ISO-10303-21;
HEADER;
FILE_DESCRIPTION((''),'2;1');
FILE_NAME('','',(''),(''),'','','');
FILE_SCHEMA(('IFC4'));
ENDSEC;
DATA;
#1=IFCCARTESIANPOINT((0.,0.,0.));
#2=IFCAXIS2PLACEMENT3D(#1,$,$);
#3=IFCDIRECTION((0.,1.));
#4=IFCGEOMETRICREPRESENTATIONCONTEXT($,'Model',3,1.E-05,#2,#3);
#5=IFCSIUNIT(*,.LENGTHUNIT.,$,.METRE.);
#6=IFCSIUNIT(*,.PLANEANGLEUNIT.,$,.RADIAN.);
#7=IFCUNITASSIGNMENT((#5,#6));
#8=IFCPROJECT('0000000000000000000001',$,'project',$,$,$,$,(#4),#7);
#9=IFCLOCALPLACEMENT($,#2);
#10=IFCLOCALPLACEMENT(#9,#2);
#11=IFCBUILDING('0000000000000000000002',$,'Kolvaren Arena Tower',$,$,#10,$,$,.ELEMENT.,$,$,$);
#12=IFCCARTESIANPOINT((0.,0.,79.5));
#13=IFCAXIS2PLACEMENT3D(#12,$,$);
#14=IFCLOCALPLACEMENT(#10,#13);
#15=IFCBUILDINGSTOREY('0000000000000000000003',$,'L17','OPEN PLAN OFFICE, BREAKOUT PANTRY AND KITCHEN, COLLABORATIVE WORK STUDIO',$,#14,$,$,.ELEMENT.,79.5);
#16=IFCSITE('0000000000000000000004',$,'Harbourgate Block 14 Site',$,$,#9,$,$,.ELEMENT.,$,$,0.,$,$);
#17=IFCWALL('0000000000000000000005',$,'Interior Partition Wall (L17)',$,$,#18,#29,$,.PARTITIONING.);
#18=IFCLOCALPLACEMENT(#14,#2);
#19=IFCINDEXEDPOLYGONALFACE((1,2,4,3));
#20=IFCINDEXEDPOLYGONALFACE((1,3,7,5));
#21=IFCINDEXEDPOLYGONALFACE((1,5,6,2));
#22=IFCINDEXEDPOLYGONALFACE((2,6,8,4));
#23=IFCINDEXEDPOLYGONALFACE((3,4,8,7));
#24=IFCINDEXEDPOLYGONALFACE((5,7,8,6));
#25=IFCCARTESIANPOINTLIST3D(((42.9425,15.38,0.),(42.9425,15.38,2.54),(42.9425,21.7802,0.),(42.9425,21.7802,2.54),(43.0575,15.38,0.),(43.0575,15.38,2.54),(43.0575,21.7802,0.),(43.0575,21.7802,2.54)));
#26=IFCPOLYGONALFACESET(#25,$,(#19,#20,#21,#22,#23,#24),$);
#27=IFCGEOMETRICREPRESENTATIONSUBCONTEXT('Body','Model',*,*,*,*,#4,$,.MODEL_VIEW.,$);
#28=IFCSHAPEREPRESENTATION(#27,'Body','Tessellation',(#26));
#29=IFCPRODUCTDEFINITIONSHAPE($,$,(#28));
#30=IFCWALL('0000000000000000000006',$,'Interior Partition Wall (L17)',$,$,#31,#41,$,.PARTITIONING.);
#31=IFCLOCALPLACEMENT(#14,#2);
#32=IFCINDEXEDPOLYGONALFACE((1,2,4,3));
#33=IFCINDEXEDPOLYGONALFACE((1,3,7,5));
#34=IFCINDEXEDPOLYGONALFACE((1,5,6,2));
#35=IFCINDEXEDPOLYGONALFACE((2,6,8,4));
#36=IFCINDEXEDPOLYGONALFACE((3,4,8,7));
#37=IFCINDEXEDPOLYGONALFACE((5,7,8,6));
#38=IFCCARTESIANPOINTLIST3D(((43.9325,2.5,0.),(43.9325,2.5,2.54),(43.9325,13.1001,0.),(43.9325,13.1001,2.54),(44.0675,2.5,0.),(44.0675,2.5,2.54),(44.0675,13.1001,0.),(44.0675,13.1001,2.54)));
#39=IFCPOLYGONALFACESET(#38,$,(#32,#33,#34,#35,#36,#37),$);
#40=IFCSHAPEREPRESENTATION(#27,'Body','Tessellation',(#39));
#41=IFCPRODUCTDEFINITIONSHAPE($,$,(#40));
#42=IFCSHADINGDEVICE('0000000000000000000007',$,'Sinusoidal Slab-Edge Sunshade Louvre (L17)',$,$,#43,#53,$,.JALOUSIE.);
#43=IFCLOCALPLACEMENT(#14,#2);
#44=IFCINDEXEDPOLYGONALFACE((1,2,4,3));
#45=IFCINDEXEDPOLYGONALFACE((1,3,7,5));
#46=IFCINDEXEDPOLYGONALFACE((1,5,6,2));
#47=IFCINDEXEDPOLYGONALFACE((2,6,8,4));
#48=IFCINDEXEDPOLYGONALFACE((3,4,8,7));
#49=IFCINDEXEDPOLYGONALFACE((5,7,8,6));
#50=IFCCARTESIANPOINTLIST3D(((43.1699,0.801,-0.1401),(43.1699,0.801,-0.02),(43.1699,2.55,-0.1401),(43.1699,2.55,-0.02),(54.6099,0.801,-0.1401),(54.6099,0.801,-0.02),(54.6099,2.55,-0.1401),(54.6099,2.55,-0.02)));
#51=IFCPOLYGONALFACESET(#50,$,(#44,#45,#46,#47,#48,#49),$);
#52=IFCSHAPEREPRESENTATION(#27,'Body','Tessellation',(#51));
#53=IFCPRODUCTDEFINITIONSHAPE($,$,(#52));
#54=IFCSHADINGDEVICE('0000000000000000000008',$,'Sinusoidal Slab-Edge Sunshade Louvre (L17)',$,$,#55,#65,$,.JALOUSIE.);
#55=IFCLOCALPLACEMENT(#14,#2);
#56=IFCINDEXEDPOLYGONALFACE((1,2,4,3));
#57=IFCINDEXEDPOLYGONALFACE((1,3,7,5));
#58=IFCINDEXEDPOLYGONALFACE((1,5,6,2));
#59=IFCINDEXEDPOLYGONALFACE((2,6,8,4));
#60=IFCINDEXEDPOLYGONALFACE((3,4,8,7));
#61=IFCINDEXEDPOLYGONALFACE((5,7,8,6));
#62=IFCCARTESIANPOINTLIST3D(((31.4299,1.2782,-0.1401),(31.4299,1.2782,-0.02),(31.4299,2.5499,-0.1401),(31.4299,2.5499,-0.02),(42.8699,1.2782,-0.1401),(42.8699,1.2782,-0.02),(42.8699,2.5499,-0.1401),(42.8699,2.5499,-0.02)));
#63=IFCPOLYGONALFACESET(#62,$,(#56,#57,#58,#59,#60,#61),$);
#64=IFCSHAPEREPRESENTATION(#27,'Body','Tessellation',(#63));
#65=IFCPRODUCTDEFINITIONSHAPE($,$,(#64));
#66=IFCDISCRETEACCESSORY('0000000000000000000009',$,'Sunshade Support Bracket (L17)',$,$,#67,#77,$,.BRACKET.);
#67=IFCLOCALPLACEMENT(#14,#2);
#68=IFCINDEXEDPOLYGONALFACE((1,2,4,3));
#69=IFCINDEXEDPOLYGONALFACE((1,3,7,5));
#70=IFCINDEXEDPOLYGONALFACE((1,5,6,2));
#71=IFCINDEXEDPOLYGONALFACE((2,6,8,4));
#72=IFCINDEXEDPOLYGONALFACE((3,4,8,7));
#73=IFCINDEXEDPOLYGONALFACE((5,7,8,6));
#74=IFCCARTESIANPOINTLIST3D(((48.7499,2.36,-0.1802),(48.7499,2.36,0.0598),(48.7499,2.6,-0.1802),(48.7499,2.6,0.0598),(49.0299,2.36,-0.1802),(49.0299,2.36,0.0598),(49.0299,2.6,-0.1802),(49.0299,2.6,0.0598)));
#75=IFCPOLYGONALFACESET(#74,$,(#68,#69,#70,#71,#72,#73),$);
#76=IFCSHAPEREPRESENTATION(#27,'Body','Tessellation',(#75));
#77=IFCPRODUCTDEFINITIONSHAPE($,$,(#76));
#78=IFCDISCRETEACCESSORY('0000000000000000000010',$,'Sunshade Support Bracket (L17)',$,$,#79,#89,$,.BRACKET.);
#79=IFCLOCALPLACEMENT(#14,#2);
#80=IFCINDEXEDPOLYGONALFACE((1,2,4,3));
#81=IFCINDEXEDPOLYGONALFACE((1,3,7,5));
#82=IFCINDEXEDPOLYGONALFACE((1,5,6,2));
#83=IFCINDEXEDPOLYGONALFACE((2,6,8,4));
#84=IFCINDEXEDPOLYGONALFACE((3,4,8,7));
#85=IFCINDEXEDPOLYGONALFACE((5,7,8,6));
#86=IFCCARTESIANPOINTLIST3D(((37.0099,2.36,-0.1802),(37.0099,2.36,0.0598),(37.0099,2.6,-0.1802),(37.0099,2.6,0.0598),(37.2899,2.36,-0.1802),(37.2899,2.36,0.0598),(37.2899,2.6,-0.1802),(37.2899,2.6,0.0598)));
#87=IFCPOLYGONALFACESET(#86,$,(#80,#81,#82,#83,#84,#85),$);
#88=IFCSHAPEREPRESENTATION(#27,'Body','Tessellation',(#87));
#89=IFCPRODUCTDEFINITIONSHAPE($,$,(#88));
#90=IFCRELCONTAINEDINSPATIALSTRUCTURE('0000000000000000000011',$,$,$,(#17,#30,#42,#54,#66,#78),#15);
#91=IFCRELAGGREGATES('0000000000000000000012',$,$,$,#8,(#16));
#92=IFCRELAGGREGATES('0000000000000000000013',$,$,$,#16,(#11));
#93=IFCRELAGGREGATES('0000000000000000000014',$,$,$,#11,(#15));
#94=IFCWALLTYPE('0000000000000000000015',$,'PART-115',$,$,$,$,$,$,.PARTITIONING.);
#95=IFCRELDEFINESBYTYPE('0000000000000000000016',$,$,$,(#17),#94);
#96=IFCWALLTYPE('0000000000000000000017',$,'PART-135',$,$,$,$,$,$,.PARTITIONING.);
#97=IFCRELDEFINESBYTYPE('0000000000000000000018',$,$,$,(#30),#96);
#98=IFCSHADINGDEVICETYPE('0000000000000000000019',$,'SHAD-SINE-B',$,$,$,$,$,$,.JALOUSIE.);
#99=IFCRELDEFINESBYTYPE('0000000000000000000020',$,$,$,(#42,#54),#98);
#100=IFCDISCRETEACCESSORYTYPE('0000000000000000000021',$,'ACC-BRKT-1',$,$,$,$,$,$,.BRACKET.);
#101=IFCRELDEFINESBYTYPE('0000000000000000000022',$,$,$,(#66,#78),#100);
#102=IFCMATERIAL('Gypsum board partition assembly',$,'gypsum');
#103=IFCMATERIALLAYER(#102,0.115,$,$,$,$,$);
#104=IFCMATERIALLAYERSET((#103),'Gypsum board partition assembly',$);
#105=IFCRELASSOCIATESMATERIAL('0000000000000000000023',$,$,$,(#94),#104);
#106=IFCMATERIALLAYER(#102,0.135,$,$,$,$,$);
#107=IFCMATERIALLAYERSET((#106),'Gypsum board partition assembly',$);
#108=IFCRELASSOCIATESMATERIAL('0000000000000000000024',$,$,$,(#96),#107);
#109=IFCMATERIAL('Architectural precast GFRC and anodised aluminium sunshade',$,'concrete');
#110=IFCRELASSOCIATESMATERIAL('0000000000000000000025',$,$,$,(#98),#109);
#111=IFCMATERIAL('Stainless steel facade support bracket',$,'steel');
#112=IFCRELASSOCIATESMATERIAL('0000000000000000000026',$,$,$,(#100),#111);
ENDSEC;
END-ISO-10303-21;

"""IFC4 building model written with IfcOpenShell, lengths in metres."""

from ifc_helpers import new_model, si_unit, direction, frame, frame_2d, origin, origin_2d, place, context, subcontext, project, spatial, rectangle, extrude, material, layer, layer_set, type_object, element, save


model = new_model("IFC4")

# Units and contexts
model_context = context("Model", 3, precision=1e-05, world=origin(), true_north=direction((0.0, 1.0)))
body_context = subcontext(model_context, "Body", "Model", "MODEL_VIEW")
ifc_project = project(units=[si_unit("LENGTHUNIT", "METRE"), si_unit("PLANEANGLEUNIT", "RADIAN")], contexts=[model_context])

# Site, building, storey
site_placement = place(None, origin())
site = spatial("IfcSite", under=ifc_project, at=site_placement, Name="Harbourgate Block 14 Site", CompositionType="ELEMENT", RefElevation=0.0)
building_placement = place(site_placement, origin())
building = spatial("IfcBuilding", under=site, at=building_placement, Name="Kolvaren Arena Tower", CompositionType="ELEMENT")
storey_placement = place(building_placement, frame((0.0, 0.0, 79.5)))
storey = spatial("IfcBuildingStorey", under=building, at=storey_placement, Name="L17", Description="OPEN PLAN OFFICE, BREAKOUT PANTRY AND KITCHEN, COLLABORATIVE WORK STUDIO", CompositionType="ELEMENT", Elevation=79.5)

# Walls
ifc_material_1 = material(Name="Gypsum board partition assembly", Category="gypsum")
ifc_layer_1 = layer(ifc_material_1, 0.115)
ifc_layer_set_1 = layer_set([ifc_layer_1], Name="Gypsum board partition assembly")
wall_type_1 = type_object("IfcWallType", Name="PART-115", PredefinedType="PARTITIONING", material=ifc_layer_set_1)
wall_1_placement = place(storey_placement, frame((43.0, 15.3799, 0.0), z_axis=(0.0, 0.0, 1.0), x_axis=(0.0, 1.0, 0.0)))
element("IfcWall", 1, at=wall_1_placement, inside=storey, type_object=wall_type_1, Name="Interior Partition Wall (L17)", PredefinedType="PARTITIONING", context=body_context, shape_type="SweptSolid", body=[
    extrude(rectangle(XDim=6.4001, YDim=0.115, at=frame_2d((3.2002, 0.0))), origin(), (0.0, 0.0, 1.0), 2.54),
])
ifc_layer_2 = layer(ifc_material_1, 0.135)
ifc_layer_set_2 = layer_set([ifc_layer_2], Name="Gypsum board partition assembly")
wall_type_2 = type_object("IfcWallType", Name="PART-135", PredefinedType="PARTITIONING", material=ifc_layer_set_2)
wall_2_placement = place(storey_placement, frame((44.0, 2.5, 0.0), z_axis=(0.0, 0.0, 1.0), x_axis=(0.0, 1.0, 0.0)))
element("IfcWall", 2, at=wall_2_placement, inside=storey, type_object=wall_type_2, Name="Interior Partition Wall (L17)", PredefinedType="PARTITIONING", context=body_context, shape_type="SweptSolid", body=[
    extrude(rectangle(XDim=10.6001, YDim=0.135, at=frame_2d((5.3, 0.0))), origin(), (0.0, 0.0, 1.0), 2.54),
])

# Shading devices
ifc_material_2 = material(Name="Architectural precast GFRC and anodised aluminium sunshade", Category="concrete")
shading_device_type = type_object("IfcShadingDeviceType", Name="SHAD-SINE-B", PredefinedType="JALOUSIE", material=ifc_material_2)
shading_device_1_placement = place(storey_placement, frame((48.8899, 1.6755, -0.1401), z_axis=(0.0, 0.0, 1.0), x_axis=(-1.0, 0.0, 0.0)))
element("IfcShadingDevice", 3, at=shading_device_1_placement, inside=storey, type_object=shading_device_type, Name="Sinusoidal Slab-Edge Sunshade Louvre (L17)", PredefinedType="JALOUSIE", context=body_context, shape_type="SweptSolid", body=[
    extrude(rectangle(XDim=11.4399, YDim=1.749, at=origin_2d()), origin(), (0.0, 0.0, 1.0), 0.1201),
])
shading_device_2_placement = place(storey_placement, frame((37.1499, 1.9141, -0.1401), z_axis=(0.0, 0.0, 1.0), x_axis=(-1.0, 0.0, 0.0)))
element("IfcShadingDevice", 4, at=shading_device_2_placement, inside=storey, type_object=shading_device_type, Name="Sinusoidal Slab-Edge Sunshade Louvre (L17)", PredefinedType="JALOUSIE", context=body_context, shape_type="SweptSolid", body=[
    extrude(rectangle(XDim=11.4399, YDim=1.2717, at=origin_2d()), origin(), (0.0, 0.0, 1.0), 0.1201),
])

# Discrete accessories
ifc_material_3 = material(Name="Stainless steel facade support bracket", Category="steel")
discrete_accessory_type = type_object("IfcDiscreteAccessoryType", Name="ACC-BRKT-1", PredefinedType="BRACKET", material=ifc_material_3)
for number, where, z_axis, x_axis, name in (
    (5, (48.8899, 2.48, -0.1802), (0.0, 0.0, 1.0), (-1.0, 0.0, 0.0), "Sunshade Support Bracket (L17)"),
    (6, (37.1499, 2.48, -0.1802), (0.0, 0.0, 1.0), (-1.0, 0.0, 0.0), "Sunshade Support Bracket (L17)"),
):
    element("IfcDiscreteAccessory", number, at=place(storey_placement, frame(where, z_axis=z_axis, x_axis=x_axis)), inside=storey, type_object=discrete_accessory_type, Name=name, PredefinedType="BRACKET", context=body_context, shape_type="SweptSolid", body=[
        extrude(rectangle(XDim=0.28, YDim=0.24, at=origin_2d()), origin(), (0.0, 0.0, 1.0), 0.24),
    ])

save(model, "model.ifc")
